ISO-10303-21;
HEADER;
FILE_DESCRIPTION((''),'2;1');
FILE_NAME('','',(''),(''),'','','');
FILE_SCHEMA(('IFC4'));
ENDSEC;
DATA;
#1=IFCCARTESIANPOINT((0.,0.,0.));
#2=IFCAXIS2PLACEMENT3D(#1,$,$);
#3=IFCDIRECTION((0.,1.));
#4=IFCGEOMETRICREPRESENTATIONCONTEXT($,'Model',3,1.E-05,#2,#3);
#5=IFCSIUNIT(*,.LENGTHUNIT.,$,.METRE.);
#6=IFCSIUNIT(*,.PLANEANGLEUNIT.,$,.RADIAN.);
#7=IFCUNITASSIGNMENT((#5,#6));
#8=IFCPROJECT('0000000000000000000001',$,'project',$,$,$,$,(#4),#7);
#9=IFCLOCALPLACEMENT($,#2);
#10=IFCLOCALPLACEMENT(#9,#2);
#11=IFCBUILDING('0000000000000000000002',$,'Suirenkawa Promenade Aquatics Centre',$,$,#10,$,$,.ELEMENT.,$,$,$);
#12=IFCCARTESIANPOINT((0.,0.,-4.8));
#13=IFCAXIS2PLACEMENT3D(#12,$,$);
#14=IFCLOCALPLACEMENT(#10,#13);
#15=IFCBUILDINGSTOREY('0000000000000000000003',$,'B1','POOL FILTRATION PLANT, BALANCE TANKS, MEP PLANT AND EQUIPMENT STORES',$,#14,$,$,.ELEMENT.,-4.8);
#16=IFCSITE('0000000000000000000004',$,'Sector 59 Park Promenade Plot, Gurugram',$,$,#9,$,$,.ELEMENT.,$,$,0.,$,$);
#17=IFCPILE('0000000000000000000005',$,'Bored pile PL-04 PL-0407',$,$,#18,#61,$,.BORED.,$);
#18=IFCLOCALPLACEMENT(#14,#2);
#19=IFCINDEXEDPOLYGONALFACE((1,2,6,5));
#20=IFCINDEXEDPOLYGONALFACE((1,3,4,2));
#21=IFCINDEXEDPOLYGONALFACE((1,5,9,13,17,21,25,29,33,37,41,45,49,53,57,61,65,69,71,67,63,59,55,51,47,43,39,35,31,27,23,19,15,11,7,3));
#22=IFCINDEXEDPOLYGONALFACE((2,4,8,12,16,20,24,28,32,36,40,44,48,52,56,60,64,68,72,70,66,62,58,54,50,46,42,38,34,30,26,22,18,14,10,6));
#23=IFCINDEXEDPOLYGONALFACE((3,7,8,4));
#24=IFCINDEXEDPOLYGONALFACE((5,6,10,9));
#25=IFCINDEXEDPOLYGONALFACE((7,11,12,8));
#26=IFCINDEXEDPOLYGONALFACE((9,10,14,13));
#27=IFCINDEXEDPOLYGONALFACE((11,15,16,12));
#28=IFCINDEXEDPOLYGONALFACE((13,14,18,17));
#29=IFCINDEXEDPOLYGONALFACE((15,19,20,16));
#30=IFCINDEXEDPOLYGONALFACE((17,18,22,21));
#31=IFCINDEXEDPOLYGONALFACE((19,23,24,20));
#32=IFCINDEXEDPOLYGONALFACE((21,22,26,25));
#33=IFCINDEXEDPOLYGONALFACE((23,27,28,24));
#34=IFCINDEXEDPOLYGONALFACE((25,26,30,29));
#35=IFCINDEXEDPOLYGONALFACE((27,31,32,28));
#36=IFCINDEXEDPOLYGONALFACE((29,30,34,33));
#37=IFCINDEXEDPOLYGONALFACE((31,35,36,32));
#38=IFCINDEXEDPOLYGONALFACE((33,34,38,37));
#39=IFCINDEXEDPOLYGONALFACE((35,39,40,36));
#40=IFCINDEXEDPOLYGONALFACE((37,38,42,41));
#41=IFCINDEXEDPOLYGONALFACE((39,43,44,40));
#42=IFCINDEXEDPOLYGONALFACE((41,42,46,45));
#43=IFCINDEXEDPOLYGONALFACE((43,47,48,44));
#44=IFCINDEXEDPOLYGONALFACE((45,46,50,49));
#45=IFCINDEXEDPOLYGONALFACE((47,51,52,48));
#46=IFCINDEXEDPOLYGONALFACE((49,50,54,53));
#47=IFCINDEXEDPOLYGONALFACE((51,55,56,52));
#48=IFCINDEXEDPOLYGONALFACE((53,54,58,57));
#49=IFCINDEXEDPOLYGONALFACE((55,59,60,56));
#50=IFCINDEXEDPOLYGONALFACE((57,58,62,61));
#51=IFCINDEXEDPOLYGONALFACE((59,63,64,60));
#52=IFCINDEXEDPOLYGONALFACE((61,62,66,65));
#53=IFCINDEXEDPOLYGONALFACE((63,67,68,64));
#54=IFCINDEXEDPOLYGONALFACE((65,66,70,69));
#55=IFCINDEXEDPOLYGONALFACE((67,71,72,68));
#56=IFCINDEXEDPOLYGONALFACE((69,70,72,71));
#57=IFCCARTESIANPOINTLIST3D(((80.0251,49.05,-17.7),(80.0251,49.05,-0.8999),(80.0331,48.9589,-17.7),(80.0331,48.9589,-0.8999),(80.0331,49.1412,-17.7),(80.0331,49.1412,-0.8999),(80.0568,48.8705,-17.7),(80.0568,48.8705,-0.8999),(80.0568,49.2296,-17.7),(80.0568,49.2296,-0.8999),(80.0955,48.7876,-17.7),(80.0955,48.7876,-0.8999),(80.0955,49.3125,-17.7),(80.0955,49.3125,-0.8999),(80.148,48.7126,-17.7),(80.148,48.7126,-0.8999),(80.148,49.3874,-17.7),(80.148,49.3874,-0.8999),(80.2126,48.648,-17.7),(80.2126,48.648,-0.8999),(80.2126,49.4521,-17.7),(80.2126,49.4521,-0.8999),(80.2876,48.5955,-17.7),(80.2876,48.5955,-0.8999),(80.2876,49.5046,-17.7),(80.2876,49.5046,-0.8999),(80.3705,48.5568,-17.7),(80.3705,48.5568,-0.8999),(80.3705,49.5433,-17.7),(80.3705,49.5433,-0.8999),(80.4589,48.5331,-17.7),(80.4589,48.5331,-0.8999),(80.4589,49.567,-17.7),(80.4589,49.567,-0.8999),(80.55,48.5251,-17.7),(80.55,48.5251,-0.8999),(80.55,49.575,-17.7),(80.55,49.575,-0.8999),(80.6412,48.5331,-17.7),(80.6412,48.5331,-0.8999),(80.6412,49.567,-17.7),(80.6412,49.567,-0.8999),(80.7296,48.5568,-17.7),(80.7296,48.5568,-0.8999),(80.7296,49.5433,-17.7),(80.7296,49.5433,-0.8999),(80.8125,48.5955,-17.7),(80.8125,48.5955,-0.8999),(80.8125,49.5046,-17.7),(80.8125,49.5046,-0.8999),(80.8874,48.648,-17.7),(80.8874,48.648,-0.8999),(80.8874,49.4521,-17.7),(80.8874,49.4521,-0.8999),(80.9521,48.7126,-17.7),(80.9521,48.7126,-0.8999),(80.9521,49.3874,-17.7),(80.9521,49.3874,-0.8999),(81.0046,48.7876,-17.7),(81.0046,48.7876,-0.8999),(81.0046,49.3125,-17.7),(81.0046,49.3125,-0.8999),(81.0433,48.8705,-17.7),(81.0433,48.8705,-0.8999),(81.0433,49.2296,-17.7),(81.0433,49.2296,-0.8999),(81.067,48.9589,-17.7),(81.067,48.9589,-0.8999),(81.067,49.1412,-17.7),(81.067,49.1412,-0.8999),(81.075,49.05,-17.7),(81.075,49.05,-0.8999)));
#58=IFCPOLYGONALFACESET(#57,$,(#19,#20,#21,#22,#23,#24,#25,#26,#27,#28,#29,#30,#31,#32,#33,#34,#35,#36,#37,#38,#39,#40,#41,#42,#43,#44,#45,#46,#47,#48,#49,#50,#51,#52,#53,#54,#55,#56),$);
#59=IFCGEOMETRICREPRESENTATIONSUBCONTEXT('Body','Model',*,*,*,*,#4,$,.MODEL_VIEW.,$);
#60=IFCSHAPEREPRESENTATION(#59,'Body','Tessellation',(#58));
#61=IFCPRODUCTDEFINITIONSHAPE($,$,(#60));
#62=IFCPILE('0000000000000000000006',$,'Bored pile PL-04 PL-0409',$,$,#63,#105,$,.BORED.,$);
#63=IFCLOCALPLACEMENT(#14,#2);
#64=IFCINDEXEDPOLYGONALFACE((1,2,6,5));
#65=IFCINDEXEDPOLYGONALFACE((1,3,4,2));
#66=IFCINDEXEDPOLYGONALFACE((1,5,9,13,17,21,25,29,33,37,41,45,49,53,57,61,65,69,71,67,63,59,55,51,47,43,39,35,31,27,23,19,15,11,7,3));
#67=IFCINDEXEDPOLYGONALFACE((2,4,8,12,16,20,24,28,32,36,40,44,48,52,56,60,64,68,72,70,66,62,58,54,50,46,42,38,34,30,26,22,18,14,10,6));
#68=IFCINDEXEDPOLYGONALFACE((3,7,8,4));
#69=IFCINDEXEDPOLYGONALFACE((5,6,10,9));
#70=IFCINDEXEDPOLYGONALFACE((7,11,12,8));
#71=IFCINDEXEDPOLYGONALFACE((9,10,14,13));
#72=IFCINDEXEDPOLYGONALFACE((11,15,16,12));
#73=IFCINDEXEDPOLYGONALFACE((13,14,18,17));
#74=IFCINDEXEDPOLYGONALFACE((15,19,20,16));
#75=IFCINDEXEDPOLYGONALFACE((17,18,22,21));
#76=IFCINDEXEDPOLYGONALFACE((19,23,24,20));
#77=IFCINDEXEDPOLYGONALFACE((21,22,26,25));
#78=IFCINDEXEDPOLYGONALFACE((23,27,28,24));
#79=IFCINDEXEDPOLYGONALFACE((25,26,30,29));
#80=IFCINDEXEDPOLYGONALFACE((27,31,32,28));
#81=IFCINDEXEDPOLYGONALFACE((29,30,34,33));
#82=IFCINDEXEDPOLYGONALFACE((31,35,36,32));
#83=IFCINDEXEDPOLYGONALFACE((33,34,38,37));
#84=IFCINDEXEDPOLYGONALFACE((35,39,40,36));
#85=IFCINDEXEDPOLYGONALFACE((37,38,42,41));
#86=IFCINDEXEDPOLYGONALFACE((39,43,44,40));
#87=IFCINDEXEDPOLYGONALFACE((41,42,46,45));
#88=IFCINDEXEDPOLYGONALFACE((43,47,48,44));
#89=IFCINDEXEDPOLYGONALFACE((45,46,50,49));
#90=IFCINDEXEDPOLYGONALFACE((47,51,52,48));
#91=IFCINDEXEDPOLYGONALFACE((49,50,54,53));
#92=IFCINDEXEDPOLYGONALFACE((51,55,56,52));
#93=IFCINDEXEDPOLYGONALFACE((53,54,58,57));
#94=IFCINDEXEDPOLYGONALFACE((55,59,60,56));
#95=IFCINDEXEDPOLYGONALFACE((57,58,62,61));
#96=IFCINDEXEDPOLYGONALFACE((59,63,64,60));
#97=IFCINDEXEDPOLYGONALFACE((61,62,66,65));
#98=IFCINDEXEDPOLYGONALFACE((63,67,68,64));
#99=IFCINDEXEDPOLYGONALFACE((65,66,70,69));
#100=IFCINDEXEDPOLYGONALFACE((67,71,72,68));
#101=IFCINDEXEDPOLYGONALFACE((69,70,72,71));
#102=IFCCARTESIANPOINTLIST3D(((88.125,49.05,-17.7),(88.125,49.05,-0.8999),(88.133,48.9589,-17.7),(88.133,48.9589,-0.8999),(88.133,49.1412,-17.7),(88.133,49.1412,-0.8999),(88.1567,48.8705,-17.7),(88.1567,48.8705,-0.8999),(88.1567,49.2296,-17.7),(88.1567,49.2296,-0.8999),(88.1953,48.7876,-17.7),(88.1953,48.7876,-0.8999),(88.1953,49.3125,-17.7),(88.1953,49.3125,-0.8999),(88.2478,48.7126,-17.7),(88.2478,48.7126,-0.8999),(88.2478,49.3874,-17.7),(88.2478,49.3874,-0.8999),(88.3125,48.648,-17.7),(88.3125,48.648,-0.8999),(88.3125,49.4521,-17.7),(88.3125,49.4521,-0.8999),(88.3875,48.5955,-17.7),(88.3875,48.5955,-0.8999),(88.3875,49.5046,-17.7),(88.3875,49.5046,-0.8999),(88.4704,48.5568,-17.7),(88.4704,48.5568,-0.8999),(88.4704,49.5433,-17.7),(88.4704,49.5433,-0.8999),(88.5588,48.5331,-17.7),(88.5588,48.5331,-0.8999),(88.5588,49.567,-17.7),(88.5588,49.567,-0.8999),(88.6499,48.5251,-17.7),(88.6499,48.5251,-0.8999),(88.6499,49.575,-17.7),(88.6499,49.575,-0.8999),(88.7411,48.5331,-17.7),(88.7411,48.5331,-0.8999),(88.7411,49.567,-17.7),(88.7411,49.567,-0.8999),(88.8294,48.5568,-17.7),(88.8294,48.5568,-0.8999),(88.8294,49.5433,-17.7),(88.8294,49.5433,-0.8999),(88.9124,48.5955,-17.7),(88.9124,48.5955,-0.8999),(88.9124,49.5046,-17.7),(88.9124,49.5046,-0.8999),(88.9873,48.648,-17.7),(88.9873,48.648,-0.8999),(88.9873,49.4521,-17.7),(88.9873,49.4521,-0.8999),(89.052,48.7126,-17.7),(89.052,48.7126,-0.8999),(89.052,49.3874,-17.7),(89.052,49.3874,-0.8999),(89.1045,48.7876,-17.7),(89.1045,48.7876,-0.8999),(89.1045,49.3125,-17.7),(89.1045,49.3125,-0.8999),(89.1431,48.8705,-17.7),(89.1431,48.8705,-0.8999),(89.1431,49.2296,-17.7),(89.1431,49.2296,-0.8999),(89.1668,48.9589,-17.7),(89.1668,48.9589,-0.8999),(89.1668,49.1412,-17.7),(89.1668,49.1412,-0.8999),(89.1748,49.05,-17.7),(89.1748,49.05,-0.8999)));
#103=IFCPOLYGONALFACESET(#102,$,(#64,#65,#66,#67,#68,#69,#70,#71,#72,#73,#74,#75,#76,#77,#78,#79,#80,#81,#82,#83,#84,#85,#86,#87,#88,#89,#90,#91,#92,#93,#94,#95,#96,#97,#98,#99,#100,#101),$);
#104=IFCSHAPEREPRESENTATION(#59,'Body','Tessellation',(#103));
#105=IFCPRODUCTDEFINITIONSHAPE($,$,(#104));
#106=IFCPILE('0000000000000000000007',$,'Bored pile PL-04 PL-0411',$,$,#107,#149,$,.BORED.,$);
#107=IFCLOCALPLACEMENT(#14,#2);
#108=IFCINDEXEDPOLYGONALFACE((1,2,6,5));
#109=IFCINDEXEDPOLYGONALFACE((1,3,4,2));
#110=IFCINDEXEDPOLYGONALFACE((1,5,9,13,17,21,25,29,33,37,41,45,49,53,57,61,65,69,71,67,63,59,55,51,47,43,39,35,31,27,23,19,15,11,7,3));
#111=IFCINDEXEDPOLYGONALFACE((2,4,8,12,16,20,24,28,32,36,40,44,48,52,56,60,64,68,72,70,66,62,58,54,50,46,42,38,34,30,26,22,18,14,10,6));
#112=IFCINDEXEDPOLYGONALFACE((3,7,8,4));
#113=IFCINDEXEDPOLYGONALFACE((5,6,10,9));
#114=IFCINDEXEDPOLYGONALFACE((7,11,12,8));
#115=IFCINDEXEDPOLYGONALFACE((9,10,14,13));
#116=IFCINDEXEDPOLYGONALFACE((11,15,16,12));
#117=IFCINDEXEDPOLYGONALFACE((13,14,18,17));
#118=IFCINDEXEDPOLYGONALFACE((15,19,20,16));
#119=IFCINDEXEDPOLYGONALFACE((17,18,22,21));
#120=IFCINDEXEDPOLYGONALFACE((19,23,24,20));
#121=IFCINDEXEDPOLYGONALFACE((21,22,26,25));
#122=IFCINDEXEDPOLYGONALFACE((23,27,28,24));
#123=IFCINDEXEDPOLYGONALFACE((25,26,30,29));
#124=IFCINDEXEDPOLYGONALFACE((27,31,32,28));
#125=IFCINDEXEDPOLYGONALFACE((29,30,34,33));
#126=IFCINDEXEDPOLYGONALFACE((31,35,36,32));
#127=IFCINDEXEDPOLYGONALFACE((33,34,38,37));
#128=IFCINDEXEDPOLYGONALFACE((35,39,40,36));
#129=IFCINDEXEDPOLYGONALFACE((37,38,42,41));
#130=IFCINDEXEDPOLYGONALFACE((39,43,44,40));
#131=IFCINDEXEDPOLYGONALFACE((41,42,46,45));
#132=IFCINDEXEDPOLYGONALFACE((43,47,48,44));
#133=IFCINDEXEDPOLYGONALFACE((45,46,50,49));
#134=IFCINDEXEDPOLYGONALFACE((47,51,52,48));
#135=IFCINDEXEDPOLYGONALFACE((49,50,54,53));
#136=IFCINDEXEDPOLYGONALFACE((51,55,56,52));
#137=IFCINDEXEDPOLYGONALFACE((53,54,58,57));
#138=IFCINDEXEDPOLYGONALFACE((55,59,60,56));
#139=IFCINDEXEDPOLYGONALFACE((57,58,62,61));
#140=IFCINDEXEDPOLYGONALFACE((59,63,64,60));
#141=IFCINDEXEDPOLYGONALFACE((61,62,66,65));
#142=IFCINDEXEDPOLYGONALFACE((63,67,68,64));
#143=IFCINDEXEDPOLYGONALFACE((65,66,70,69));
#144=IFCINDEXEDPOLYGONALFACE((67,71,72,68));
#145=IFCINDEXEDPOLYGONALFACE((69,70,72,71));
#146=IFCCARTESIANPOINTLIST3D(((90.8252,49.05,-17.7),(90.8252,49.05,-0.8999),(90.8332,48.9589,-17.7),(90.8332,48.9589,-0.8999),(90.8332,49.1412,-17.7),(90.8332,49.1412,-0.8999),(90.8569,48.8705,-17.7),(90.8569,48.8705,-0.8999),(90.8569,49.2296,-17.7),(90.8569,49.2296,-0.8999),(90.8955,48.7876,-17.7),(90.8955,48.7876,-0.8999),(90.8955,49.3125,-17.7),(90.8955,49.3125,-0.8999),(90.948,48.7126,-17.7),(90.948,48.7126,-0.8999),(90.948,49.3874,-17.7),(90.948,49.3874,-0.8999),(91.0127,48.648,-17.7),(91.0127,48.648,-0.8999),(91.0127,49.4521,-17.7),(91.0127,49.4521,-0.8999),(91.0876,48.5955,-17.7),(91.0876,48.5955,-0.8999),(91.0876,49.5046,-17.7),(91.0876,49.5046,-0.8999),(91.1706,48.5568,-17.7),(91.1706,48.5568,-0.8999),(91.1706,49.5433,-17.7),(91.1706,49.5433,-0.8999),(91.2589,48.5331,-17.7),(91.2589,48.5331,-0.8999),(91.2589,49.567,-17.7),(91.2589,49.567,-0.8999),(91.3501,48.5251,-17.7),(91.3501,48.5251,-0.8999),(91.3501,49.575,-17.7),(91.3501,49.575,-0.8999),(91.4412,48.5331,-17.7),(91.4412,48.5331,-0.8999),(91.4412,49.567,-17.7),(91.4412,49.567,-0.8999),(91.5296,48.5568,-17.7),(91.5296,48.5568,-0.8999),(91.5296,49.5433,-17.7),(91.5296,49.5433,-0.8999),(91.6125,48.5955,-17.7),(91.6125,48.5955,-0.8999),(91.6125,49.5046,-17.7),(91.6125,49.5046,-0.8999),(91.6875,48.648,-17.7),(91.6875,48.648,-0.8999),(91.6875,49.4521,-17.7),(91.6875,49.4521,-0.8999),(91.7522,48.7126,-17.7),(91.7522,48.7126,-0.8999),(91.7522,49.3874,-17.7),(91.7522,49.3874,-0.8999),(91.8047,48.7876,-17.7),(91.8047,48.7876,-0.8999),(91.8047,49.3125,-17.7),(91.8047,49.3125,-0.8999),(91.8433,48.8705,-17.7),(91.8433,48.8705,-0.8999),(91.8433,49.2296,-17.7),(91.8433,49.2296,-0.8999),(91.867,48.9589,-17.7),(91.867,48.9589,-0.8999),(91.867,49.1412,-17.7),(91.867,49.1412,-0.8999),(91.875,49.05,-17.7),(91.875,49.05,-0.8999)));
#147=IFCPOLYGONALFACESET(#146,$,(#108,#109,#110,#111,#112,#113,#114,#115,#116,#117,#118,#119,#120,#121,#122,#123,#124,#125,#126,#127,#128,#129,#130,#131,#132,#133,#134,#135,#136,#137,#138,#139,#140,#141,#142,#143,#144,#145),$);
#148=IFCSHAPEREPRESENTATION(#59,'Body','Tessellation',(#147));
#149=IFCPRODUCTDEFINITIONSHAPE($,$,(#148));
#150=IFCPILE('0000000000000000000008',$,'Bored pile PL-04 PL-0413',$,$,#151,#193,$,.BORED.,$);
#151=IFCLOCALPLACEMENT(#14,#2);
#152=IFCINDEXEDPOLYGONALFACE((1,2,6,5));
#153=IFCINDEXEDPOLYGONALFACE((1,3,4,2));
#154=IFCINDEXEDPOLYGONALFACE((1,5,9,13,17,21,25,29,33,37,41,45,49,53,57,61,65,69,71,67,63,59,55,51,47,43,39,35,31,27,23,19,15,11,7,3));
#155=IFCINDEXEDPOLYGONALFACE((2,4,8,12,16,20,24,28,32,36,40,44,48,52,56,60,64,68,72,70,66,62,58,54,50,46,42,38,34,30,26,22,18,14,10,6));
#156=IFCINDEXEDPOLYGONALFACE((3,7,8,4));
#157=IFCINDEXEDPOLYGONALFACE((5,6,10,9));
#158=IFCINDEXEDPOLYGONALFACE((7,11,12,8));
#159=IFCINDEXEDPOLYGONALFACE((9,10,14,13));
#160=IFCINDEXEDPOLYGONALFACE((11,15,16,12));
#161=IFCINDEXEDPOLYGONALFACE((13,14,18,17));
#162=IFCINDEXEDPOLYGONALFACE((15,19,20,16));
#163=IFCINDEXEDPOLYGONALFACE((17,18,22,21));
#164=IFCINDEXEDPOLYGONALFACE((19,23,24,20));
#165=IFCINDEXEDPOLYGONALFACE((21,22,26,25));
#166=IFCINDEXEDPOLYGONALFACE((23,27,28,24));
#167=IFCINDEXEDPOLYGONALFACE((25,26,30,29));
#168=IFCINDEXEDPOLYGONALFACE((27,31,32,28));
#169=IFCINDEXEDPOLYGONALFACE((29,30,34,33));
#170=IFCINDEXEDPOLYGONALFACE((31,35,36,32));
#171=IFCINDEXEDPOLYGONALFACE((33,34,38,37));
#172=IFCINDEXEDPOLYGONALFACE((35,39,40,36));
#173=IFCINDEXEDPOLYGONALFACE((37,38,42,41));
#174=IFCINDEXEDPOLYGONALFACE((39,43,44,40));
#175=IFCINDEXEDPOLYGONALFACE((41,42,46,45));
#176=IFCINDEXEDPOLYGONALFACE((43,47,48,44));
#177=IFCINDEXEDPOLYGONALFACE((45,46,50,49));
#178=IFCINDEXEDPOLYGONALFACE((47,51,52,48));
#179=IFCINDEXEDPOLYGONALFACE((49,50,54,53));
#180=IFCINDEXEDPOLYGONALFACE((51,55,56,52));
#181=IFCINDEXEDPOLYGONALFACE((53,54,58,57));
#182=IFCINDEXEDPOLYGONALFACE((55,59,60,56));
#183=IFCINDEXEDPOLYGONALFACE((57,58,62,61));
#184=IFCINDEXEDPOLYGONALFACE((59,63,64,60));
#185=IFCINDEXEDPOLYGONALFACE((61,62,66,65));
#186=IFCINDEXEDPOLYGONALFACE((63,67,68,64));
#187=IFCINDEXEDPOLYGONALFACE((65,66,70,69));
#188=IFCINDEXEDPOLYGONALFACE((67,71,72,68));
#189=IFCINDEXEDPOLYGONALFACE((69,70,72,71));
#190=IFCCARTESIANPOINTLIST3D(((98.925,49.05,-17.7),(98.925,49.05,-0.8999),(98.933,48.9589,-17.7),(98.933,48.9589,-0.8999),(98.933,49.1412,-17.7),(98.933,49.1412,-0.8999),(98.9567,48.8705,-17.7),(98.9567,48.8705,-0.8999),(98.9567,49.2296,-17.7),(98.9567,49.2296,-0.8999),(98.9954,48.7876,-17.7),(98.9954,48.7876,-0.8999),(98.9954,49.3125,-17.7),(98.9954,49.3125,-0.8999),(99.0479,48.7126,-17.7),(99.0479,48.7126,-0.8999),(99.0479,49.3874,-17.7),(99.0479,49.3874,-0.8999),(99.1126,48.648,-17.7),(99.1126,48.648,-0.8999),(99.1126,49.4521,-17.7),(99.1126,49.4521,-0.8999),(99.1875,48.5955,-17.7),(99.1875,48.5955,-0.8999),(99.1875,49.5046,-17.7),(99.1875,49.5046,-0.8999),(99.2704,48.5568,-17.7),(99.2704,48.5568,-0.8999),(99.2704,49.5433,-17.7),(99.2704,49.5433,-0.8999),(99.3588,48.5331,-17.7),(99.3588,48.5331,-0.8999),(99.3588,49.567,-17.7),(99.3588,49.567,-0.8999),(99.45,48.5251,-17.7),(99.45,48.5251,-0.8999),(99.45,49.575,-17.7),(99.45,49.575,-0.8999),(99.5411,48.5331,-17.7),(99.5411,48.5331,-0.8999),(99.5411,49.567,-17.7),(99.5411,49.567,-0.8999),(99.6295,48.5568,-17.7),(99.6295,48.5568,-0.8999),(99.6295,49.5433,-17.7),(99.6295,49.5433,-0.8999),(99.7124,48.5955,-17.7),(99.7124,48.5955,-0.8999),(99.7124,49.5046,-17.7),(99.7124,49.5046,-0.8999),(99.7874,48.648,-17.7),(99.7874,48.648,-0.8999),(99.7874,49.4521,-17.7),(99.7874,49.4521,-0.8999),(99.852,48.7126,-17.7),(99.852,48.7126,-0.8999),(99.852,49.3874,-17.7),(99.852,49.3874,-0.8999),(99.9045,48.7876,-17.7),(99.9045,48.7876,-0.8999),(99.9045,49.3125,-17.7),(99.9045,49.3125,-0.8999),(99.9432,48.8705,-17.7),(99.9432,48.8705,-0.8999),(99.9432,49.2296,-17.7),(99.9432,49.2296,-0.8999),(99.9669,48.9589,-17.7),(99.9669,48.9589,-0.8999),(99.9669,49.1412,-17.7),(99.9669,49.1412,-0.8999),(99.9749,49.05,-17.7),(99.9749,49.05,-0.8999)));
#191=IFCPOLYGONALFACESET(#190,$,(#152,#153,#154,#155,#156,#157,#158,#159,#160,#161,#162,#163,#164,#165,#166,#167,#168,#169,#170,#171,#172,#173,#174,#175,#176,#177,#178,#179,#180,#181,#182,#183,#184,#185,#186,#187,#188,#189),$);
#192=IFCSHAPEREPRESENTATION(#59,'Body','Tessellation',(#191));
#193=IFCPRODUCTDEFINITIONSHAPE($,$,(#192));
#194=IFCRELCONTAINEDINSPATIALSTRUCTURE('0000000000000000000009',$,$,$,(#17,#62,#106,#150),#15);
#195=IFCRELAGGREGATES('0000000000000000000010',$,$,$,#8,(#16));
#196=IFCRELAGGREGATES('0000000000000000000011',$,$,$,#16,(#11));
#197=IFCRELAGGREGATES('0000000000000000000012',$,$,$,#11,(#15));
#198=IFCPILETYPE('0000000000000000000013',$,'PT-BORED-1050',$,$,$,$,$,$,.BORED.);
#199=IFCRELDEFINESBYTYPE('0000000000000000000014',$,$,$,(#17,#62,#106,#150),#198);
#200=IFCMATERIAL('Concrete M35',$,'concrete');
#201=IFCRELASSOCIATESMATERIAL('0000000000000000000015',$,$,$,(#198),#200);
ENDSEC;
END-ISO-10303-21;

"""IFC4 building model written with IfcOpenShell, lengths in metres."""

from ifc_helpers import new_model, si_unit, direction, frame, origin, origin_2d, place, context, subcontext, project, spatial, circle, extrude, material, material_profile, profile_set, type_object, element, save


model = new_model("IFC4")

# Units and contexts
model_context = context("Model", 3, precision=1e-05, world=origin(), true_north=direction((0.0, 1.0)))
body_context = subcontext(model_context, "Body", "Model", "MODEL_VIEW")
ifc_project = project(units=[si_unit("LENGTHUNIT", "METRE"), si_unit("PLANEANGLEUNIT", "RADIAN")], contexts=[model_context])

# Site, building, storey
site_placement = place(None, origin())
site = spatial("IfcSite", under=ifc_project, at=site_placement, Name="Sector 59 Park Promenade Plot, Gurugram", CompositionType="ELEMENT", RefElevation=0.0)
building_placement = place(site_placement, origin())
building = spatial("IfcBuilding", under=site, at=building_placement, Name="Suirenkawa Promenade Aquatics Centre", CompositionType="ELEMENT")
storey_placement = place(building_placement, frame((0.0, 0.0, -4.8)))
storey = spatial("IfcBuildingStorey", under=building, at=storey_placement, Name="B1", Description="POOL FILTRATION PLANT, BALANCE TANKS, MEP PLANT AND EQUIPMENT STORES", CompositionType="ELEMENT", Elevation=-4.8)

# Shared definitions
ifc_material_1 = material(Name="Concrete M35", Category="concrete")

# Piles
ifc_material_profile_1 = material_profile(ifc_material_1, circle(Radius=0.5249, at=origin_2d()), Name="PILE D1050", Category="concrete")
ifc_profile_set_1 = profile_set([ifc_material_profile_1], Name="Concrete M35")
pile_type_1 = type_object("IfcPileType", Name="PT-BORED-1050", PredefinedType="BORED", material=ifc_profile_set_1)
for number, where, z_axis, x_axis, name in (
    (1, (80.55, 49.05, -0.8999), (0.0, 0.0, -1.0), (1.0, 0.0, 0.0), "Bored pile PL-04 PL-0407"),
    (2, (88.6499, 49.05, -0.8999), (0.0, 0.0, -1.0), (1.0, 0.0, 0.0), "Bored pile PL-04 PL-0409"),
    (3, (91.3501, 49.05, -0.8999), (0.0, 0.0, -1.0), (1.0, 0.0, 0.0), "Bored pile PL-04 PL-0411"),
    (4, (99.45, 49.05, -0.8999), (0.0, 0.0, -1.0), (1.0, 0.0, 0.0), "Bored pile PL-04 PL-0413"),
):
    element("IfcPile", number, at=place(storey_placement, frame(where, z_axis=z_axis, x_axis=x_axis)), inside=storey, type_object=pile_type_1, Name=name, PredefinedType="BORED", context=body_context, shape_type="SweptSolid", body=[
        extrude(circle(Radius=0.5249, at=origin_2d()), origin(), (0.0, 0.0, 1.0), 16.8),
    ])

save(model, "model.ifc")
